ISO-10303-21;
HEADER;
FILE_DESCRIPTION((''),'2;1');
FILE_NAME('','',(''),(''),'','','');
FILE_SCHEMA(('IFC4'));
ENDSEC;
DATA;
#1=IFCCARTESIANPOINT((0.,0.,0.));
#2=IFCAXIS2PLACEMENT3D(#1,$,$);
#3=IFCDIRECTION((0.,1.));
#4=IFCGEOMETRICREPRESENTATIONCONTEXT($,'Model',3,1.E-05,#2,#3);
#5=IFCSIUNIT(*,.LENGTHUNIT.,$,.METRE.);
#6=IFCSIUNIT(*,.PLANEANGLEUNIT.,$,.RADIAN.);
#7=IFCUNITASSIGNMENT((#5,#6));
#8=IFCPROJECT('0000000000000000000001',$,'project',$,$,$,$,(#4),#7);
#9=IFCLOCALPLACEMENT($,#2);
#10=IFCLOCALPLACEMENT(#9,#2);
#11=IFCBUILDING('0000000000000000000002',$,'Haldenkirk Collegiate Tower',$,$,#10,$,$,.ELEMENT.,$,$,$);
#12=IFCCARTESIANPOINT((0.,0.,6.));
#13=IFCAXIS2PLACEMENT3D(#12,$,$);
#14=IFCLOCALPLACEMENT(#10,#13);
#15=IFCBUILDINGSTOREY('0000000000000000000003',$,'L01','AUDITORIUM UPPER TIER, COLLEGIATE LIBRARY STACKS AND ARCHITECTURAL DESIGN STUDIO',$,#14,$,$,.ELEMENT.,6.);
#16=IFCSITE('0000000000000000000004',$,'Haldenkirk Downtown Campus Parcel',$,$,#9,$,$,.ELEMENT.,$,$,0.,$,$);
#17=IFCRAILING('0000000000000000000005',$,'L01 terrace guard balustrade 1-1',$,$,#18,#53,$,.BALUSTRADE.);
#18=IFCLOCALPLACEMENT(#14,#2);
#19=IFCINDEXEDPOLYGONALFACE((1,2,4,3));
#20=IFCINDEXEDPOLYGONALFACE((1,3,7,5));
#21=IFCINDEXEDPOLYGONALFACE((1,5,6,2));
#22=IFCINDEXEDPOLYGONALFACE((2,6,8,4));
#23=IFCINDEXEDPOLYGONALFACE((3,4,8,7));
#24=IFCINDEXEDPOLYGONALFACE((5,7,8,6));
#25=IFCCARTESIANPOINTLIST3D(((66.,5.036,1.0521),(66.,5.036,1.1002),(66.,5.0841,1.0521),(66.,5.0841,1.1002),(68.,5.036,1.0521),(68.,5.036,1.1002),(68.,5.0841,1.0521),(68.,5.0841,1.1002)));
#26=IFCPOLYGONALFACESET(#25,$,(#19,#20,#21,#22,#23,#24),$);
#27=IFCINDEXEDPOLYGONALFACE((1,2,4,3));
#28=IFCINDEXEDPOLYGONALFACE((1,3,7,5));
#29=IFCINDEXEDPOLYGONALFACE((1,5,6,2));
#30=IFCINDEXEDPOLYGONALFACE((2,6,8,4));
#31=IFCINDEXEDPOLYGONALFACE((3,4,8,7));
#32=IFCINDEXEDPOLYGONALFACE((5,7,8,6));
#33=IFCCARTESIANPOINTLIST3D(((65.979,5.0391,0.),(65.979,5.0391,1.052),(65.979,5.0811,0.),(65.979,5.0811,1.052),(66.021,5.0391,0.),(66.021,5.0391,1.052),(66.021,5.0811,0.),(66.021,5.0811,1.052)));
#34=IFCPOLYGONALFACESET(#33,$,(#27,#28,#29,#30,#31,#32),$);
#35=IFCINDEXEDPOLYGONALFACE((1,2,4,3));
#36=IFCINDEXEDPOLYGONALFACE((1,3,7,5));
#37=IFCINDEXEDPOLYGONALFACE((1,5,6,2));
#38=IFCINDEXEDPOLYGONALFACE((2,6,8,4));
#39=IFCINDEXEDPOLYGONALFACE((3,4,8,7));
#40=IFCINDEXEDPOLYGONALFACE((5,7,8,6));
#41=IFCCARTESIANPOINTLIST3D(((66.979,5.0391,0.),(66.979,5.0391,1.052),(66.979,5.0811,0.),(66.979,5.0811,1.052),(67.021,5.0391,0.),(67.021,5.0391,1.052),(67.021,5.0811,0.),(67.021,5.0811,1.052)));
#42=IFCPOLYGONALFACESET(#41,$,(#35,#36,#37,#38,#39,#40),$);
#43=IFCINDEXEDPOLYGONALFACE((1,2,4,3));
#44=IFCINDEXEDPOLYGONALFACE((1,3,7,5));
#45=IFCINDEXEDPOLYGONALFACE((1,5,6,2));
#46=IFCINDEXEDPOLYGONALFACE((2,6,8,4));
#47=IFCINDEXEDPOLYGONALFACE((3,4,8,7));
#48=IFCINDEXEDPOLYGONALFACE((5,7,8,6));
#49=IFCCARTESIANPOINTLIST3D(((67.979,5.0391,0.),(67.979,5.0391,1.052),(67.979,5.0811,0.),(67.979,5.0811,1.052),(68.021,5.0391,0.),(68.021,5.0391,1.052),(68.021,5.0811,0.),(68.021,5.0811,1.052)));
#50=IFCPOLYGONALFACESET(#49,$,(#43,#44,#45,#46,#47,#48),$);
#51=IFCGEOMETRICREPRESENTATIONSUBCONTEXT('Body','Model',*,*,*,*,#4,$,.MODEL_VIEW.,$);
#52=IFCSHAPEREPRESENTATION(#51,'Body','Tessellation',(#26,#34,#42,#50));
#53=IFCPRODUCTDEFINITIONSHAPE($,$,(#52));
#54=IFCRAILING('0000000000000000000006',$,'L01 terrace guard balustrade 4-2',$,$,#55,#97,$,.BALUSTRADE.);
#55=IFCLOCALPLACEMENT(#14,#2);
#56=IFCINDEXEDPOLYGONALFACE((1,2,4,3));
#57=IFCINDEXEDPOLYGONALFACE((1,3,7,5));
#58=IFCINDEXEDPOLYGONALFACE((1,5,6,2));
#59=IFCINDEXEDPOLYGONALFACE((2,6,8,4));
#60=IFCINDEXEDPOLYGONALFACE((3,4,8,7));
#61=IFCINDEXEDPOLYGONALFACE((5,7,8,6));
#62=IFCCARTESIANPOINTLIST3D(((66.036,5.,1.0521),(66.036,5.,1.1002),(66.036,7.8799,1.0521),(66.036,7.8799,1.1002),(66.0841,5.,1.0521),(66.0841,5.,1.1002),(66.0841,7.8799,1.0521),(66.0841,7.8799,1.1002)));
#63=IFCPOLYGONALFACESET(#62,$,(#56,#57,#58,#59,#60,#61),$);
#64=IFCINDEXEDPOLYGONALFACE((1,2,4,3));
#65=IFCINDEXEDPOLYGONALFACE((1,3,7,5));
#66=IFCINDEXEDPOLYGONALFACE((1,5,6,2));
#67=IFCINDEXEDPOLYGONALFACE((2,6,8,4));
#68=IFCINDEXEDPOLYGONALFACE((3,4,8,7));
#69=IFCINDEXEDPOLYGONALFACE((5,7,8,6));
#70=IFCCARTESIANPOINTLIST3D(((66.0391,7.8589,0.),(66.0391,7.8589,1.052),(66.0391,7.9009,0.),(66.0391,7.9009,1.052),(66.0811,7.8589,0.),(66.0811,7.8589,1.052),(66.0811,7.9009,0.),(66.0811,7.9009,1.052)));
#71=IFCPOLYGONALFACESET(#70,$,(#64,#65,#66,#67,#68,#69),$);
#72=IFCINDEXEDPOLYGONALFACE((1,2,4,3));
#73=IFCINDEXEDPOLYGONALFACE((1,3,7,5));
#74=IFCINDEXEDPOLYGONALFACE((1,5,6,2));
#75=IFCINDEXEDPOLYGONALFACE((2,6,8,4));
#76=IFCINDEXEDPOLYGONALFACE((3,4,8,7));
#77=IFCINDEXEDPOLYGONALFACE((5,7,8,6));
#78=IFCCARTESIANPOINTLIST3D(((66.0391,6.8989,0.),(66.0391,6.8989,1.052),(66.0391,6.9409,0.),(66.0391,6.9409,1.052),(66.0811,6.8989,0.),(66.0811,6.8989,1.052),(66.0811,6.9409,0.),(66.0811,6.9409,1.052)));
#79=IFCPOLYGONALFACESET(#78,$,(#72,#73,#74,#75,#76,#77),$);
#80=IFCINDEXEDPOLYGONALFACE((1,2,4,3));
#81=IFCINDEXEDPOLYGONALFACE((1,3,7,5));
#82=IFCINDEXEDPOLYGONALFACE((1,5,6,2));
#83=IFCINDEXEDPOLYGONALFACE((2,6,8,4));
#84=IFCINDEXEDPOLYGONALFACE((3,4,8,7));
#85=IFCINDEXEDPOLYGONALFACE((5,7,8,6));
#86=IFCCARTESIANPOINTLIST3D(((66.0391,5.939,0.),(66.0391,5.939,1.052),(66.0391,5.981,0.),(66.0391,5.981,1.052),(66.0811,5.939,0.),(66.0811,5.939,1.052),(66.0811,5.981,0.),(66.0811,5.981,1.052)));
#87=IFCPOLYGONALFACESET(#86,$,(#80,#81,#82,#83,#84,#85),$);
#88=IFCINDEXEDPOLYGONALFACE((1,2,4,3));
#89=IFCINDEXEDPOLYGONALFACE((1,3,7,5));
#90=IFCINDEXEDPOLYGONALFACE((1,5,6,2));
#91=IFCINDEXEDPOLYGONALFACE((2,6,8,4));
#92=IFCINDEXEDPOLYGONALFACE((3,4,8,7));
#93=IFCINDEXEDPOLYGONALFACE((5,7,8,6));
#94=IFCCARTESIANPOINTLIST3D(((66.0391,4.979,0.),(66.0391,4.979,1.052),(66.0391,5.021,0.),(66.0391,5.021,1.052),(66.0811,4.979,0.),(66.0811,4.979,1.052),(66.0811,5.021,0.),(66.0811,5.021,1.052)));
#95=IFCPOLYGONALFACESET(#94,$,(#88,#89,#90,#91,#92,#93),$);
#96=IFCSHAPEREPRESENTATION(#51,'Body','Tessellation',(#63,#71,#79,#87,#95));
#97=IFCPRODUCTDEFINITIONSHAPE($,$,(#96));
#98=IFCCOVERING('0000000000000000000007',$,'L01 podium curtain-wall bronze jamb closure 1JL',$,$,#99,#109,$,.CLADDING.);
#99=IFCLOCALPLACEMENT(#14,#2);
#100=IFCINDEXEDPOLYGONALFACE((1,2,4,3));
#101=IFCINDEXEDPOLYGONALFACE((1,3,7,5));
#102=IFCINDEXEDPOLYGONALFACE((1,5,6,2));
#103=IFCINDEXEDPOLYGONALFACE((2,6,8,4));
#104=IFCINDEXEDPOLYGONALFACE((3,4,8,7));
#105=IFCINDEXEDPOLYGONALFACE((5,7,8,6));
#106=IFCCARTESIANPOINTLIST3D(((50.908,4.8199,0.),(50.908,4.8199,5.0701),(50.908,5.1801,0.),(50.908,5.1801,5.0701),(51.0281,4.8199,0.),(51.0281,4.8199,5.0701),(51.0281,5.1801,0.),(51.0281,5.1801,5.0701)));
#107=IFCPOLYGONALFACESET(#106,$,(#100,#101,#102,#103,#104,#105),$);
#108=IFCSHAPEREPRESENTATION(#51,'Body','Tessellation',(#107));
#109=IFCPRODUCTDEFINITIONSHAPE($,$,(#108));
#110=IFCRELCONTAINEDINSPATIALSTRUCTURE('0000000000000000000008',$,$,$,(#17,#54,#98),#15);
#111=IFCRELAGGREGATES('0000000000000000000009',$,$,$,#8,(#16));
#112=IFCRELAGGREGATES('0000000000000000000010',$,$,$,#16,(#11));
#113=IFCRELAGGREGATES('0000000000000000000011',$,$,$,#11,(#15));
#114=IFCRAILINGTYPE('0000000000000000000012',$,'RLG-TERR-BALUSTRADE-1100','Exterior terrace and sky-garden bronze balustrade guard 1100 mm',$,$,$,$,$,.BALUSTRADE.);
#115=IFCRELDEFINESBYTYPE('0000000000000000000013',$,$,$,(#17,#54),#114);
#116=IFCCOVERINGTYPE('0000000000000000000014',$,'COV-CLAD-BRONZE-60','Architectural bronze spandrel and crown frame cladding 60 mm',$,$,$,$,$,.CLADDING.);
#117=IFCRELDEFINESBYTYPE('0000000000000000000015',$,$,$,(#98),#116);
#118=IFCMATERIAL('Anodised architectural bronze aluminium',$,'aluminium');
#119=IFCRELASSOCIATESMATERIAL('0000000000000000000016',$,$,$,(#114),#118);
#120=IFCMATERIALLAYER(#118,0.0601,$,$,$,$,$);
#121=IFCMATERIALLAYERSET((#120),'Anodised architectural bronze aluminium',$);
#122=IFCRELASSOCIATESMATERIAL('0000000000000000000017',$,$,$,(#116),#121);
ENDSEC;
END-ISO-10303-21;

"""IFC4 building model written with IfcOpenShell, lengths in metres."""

from ifc_helpers import new_model, si_unit, direction, frame, origin, origin_2d, place, context, subcontext, project, spatial, rectangle, extrude, source, transform, mapped, material, layer, layer_set, type_object, element, save


model = new_model("IFC4")

# Units and contexts
model_context = context("Model", 3, precision=1e-05, world=origin(), true_north=direction((0.0, 1.0)))
body_context = subcontext(model_context, "Body", "Model", "MODEL_VIEW")
ifc_project = project(units=[si_unit("LENGTHUNIT", "METRE"), si_unit("PLANEANGLEUNIT", "RADIAN")], contexts=[model_context])

# Site, building, storey
site_placement = place(None, origin())
site = spatial("IfcSite", under=ifc_project, at=site_placement, Name="Haldenkirk Downtown Campus Parcel", CompositionType="ELEMENT", RefElevation=0.0)
building_placement = place(site_placement, origin())
building = spatial("IfcBuilding", under=site, at=building_placement, Name="Haldenkirk Collegiate Tower", CompositionType="ELEMENT")
storey_placement = place(building_placement, frame((0.0, 0.0, 6.0)))
storey = spatial("IfcBuildingStorey", under=building, at=storey_placement, Name="L01", Description="AUDITORIUM UPPER TIER, COLLEGIATE LIBRARY STACKS AND ARCHITECTURAL DESIGN STUDIO", CompositionType="ELEMENT", Elevation=6.0)

# Shared definitions
ifc_material_1 = material(Name="Anodised architectural bronze aluminium", Category="aluminium")

# Railings
railing_type_1 = type_object("IfcRailingType", Name="RLG-TERR-BALUSTRADE-1100", Description="Exterior terrace and sky-garden bronze balustrade guard 1100 mm", PredefinedType="BALUSTRADE", material=ifc_material_1)
railing_1_placement = place(storey_placement, frame((66.0, 5.0601, 0.0)))
element("IfcRailing", 1, at=railing_1_placement, inside=storey, type_object=railing_type_1, Name="L01 terrace guard balustrade 1-1", PredefinedType="BALUSTRADE", context=body_context, shape_type="SweptSolid", body=[
    extrude(rectangle(XDim=0.0481, YDim=0.0481, at=origin_2d()), frame((0.0, 0.0, 1.0762), z_axis=(1.0, 0.0, 0.0), x_axis=(0.0, 1.0, 0.0)), (0.0, 0.0, 1.0), 2.0),
    extrude(rectangle(XDim=0.042, YDim=0.042, at=origin_2d()), origin(), (0.0, 0.0, 1.0), 1.052),
    extrude(rectangle(XDim=0.042, YDim=0.042, at=origin_2d()), frame((1.0, 0.0, 0.0)), (0.0, 0.0, 1.0), 1.052),
    extrude(rectangle(XDim=0.042, YDim=0.042, at=origin_2d()), frame((2.0, 0.0, 0.0)), (0.0, 0.0, 1.0), 1.052),
])
railing_2_placement = place(storey_placement, frame((66.0601, 7.8799, 0.0)))
element("IfcRailing", 2, at=railing_2_placement, inside=storey, type_object=railing_type_1, Name="L01 terrace guard balustrade 4-2", PredefinedType="BALUSTRADE", context=body_context, shape_type="SweptSolid", body=[
    extrude(rectangle(XDim=0.0481, YDim=0.0481, at=origin_2d()), frame((0.0, 0.0, 1.0762), z_axis=(0.0, -1.0, 0.0), x_axis=(1.0, 0.0, 0.0)), (0.0, 0.0, 1.0), 2.8799),
    extrude(rectangle(XDim=0.042, YDim=0.042, at=origin_2d()), origin(), (0.0, 0.0, 1.0), 1.052),
    extrude(rectangle(XDim=0.042, YDim=0.042, at=origin_2d()), frame((0.0, -0.96, 0.0)), (0.0, 0.0, 1.0), 1.052),
    extrude(rectangle(XDim=0.042, YDim=0.042, at=origin_2d()), frame((0.0, -1.9199, 0.0)), (0.0, 0.0, 1.0), 1.052),
    extrude(rectangle(XDim=0.042, YDim=0.042, at=origin_2d()), frame((0.0, -2.8799, 0.0)), (0.0, 0.0, 1.0), 1.052),
])

# Covering
ifc_layer_1 = layer(ifc_material_1, 0.0601)
ifc_layer_set_1 = layer_set([ifc_layer_1], Name="Anodised architectural bronze aluminium")
covering_type = type_object("IfcCoveringType", Name="COV-CLAD-BRONZE-60", Description="Architectural bronze spandrel and crown frame cladding 60 mm", PredefinedType="CLADDING", material=ifc_layer_set_1)
shared_shape = source(origin(), body_context, "Body", "SweptSolid", [
    extrude(rectangle(XDim=0.1201, YDim=0.3601, at=origin_2d()), origin(), (0.0, 0.0, 1.0), 5.0701),
])
covering_placement = place(storey_placement, frame((50.968, 5.0, 0.0), z_axis=(0.0, 0.0, 1.0), x_axis=(-1.0, 0.0, 0.0)))
element("IfcCovering", 3, at=covering_placement, inside=storey, type_object=covering_type, Name="L01 podium curtain-wall bronze jamb closure 1JL", PredefinedType="CLADDING", context=body_context, shape_type="MappedRepresentation", body=[
    mapped(shared_shape, transform((0.0, 0.0, 0.0), x_axis=(1.0, 0.0, 0.0), y_axis=(0.0, 1.0, 0.0), z_axis=(0.0, 0.0, 1.0), scale=1.0)),
])

save(model, "model.ifc")
